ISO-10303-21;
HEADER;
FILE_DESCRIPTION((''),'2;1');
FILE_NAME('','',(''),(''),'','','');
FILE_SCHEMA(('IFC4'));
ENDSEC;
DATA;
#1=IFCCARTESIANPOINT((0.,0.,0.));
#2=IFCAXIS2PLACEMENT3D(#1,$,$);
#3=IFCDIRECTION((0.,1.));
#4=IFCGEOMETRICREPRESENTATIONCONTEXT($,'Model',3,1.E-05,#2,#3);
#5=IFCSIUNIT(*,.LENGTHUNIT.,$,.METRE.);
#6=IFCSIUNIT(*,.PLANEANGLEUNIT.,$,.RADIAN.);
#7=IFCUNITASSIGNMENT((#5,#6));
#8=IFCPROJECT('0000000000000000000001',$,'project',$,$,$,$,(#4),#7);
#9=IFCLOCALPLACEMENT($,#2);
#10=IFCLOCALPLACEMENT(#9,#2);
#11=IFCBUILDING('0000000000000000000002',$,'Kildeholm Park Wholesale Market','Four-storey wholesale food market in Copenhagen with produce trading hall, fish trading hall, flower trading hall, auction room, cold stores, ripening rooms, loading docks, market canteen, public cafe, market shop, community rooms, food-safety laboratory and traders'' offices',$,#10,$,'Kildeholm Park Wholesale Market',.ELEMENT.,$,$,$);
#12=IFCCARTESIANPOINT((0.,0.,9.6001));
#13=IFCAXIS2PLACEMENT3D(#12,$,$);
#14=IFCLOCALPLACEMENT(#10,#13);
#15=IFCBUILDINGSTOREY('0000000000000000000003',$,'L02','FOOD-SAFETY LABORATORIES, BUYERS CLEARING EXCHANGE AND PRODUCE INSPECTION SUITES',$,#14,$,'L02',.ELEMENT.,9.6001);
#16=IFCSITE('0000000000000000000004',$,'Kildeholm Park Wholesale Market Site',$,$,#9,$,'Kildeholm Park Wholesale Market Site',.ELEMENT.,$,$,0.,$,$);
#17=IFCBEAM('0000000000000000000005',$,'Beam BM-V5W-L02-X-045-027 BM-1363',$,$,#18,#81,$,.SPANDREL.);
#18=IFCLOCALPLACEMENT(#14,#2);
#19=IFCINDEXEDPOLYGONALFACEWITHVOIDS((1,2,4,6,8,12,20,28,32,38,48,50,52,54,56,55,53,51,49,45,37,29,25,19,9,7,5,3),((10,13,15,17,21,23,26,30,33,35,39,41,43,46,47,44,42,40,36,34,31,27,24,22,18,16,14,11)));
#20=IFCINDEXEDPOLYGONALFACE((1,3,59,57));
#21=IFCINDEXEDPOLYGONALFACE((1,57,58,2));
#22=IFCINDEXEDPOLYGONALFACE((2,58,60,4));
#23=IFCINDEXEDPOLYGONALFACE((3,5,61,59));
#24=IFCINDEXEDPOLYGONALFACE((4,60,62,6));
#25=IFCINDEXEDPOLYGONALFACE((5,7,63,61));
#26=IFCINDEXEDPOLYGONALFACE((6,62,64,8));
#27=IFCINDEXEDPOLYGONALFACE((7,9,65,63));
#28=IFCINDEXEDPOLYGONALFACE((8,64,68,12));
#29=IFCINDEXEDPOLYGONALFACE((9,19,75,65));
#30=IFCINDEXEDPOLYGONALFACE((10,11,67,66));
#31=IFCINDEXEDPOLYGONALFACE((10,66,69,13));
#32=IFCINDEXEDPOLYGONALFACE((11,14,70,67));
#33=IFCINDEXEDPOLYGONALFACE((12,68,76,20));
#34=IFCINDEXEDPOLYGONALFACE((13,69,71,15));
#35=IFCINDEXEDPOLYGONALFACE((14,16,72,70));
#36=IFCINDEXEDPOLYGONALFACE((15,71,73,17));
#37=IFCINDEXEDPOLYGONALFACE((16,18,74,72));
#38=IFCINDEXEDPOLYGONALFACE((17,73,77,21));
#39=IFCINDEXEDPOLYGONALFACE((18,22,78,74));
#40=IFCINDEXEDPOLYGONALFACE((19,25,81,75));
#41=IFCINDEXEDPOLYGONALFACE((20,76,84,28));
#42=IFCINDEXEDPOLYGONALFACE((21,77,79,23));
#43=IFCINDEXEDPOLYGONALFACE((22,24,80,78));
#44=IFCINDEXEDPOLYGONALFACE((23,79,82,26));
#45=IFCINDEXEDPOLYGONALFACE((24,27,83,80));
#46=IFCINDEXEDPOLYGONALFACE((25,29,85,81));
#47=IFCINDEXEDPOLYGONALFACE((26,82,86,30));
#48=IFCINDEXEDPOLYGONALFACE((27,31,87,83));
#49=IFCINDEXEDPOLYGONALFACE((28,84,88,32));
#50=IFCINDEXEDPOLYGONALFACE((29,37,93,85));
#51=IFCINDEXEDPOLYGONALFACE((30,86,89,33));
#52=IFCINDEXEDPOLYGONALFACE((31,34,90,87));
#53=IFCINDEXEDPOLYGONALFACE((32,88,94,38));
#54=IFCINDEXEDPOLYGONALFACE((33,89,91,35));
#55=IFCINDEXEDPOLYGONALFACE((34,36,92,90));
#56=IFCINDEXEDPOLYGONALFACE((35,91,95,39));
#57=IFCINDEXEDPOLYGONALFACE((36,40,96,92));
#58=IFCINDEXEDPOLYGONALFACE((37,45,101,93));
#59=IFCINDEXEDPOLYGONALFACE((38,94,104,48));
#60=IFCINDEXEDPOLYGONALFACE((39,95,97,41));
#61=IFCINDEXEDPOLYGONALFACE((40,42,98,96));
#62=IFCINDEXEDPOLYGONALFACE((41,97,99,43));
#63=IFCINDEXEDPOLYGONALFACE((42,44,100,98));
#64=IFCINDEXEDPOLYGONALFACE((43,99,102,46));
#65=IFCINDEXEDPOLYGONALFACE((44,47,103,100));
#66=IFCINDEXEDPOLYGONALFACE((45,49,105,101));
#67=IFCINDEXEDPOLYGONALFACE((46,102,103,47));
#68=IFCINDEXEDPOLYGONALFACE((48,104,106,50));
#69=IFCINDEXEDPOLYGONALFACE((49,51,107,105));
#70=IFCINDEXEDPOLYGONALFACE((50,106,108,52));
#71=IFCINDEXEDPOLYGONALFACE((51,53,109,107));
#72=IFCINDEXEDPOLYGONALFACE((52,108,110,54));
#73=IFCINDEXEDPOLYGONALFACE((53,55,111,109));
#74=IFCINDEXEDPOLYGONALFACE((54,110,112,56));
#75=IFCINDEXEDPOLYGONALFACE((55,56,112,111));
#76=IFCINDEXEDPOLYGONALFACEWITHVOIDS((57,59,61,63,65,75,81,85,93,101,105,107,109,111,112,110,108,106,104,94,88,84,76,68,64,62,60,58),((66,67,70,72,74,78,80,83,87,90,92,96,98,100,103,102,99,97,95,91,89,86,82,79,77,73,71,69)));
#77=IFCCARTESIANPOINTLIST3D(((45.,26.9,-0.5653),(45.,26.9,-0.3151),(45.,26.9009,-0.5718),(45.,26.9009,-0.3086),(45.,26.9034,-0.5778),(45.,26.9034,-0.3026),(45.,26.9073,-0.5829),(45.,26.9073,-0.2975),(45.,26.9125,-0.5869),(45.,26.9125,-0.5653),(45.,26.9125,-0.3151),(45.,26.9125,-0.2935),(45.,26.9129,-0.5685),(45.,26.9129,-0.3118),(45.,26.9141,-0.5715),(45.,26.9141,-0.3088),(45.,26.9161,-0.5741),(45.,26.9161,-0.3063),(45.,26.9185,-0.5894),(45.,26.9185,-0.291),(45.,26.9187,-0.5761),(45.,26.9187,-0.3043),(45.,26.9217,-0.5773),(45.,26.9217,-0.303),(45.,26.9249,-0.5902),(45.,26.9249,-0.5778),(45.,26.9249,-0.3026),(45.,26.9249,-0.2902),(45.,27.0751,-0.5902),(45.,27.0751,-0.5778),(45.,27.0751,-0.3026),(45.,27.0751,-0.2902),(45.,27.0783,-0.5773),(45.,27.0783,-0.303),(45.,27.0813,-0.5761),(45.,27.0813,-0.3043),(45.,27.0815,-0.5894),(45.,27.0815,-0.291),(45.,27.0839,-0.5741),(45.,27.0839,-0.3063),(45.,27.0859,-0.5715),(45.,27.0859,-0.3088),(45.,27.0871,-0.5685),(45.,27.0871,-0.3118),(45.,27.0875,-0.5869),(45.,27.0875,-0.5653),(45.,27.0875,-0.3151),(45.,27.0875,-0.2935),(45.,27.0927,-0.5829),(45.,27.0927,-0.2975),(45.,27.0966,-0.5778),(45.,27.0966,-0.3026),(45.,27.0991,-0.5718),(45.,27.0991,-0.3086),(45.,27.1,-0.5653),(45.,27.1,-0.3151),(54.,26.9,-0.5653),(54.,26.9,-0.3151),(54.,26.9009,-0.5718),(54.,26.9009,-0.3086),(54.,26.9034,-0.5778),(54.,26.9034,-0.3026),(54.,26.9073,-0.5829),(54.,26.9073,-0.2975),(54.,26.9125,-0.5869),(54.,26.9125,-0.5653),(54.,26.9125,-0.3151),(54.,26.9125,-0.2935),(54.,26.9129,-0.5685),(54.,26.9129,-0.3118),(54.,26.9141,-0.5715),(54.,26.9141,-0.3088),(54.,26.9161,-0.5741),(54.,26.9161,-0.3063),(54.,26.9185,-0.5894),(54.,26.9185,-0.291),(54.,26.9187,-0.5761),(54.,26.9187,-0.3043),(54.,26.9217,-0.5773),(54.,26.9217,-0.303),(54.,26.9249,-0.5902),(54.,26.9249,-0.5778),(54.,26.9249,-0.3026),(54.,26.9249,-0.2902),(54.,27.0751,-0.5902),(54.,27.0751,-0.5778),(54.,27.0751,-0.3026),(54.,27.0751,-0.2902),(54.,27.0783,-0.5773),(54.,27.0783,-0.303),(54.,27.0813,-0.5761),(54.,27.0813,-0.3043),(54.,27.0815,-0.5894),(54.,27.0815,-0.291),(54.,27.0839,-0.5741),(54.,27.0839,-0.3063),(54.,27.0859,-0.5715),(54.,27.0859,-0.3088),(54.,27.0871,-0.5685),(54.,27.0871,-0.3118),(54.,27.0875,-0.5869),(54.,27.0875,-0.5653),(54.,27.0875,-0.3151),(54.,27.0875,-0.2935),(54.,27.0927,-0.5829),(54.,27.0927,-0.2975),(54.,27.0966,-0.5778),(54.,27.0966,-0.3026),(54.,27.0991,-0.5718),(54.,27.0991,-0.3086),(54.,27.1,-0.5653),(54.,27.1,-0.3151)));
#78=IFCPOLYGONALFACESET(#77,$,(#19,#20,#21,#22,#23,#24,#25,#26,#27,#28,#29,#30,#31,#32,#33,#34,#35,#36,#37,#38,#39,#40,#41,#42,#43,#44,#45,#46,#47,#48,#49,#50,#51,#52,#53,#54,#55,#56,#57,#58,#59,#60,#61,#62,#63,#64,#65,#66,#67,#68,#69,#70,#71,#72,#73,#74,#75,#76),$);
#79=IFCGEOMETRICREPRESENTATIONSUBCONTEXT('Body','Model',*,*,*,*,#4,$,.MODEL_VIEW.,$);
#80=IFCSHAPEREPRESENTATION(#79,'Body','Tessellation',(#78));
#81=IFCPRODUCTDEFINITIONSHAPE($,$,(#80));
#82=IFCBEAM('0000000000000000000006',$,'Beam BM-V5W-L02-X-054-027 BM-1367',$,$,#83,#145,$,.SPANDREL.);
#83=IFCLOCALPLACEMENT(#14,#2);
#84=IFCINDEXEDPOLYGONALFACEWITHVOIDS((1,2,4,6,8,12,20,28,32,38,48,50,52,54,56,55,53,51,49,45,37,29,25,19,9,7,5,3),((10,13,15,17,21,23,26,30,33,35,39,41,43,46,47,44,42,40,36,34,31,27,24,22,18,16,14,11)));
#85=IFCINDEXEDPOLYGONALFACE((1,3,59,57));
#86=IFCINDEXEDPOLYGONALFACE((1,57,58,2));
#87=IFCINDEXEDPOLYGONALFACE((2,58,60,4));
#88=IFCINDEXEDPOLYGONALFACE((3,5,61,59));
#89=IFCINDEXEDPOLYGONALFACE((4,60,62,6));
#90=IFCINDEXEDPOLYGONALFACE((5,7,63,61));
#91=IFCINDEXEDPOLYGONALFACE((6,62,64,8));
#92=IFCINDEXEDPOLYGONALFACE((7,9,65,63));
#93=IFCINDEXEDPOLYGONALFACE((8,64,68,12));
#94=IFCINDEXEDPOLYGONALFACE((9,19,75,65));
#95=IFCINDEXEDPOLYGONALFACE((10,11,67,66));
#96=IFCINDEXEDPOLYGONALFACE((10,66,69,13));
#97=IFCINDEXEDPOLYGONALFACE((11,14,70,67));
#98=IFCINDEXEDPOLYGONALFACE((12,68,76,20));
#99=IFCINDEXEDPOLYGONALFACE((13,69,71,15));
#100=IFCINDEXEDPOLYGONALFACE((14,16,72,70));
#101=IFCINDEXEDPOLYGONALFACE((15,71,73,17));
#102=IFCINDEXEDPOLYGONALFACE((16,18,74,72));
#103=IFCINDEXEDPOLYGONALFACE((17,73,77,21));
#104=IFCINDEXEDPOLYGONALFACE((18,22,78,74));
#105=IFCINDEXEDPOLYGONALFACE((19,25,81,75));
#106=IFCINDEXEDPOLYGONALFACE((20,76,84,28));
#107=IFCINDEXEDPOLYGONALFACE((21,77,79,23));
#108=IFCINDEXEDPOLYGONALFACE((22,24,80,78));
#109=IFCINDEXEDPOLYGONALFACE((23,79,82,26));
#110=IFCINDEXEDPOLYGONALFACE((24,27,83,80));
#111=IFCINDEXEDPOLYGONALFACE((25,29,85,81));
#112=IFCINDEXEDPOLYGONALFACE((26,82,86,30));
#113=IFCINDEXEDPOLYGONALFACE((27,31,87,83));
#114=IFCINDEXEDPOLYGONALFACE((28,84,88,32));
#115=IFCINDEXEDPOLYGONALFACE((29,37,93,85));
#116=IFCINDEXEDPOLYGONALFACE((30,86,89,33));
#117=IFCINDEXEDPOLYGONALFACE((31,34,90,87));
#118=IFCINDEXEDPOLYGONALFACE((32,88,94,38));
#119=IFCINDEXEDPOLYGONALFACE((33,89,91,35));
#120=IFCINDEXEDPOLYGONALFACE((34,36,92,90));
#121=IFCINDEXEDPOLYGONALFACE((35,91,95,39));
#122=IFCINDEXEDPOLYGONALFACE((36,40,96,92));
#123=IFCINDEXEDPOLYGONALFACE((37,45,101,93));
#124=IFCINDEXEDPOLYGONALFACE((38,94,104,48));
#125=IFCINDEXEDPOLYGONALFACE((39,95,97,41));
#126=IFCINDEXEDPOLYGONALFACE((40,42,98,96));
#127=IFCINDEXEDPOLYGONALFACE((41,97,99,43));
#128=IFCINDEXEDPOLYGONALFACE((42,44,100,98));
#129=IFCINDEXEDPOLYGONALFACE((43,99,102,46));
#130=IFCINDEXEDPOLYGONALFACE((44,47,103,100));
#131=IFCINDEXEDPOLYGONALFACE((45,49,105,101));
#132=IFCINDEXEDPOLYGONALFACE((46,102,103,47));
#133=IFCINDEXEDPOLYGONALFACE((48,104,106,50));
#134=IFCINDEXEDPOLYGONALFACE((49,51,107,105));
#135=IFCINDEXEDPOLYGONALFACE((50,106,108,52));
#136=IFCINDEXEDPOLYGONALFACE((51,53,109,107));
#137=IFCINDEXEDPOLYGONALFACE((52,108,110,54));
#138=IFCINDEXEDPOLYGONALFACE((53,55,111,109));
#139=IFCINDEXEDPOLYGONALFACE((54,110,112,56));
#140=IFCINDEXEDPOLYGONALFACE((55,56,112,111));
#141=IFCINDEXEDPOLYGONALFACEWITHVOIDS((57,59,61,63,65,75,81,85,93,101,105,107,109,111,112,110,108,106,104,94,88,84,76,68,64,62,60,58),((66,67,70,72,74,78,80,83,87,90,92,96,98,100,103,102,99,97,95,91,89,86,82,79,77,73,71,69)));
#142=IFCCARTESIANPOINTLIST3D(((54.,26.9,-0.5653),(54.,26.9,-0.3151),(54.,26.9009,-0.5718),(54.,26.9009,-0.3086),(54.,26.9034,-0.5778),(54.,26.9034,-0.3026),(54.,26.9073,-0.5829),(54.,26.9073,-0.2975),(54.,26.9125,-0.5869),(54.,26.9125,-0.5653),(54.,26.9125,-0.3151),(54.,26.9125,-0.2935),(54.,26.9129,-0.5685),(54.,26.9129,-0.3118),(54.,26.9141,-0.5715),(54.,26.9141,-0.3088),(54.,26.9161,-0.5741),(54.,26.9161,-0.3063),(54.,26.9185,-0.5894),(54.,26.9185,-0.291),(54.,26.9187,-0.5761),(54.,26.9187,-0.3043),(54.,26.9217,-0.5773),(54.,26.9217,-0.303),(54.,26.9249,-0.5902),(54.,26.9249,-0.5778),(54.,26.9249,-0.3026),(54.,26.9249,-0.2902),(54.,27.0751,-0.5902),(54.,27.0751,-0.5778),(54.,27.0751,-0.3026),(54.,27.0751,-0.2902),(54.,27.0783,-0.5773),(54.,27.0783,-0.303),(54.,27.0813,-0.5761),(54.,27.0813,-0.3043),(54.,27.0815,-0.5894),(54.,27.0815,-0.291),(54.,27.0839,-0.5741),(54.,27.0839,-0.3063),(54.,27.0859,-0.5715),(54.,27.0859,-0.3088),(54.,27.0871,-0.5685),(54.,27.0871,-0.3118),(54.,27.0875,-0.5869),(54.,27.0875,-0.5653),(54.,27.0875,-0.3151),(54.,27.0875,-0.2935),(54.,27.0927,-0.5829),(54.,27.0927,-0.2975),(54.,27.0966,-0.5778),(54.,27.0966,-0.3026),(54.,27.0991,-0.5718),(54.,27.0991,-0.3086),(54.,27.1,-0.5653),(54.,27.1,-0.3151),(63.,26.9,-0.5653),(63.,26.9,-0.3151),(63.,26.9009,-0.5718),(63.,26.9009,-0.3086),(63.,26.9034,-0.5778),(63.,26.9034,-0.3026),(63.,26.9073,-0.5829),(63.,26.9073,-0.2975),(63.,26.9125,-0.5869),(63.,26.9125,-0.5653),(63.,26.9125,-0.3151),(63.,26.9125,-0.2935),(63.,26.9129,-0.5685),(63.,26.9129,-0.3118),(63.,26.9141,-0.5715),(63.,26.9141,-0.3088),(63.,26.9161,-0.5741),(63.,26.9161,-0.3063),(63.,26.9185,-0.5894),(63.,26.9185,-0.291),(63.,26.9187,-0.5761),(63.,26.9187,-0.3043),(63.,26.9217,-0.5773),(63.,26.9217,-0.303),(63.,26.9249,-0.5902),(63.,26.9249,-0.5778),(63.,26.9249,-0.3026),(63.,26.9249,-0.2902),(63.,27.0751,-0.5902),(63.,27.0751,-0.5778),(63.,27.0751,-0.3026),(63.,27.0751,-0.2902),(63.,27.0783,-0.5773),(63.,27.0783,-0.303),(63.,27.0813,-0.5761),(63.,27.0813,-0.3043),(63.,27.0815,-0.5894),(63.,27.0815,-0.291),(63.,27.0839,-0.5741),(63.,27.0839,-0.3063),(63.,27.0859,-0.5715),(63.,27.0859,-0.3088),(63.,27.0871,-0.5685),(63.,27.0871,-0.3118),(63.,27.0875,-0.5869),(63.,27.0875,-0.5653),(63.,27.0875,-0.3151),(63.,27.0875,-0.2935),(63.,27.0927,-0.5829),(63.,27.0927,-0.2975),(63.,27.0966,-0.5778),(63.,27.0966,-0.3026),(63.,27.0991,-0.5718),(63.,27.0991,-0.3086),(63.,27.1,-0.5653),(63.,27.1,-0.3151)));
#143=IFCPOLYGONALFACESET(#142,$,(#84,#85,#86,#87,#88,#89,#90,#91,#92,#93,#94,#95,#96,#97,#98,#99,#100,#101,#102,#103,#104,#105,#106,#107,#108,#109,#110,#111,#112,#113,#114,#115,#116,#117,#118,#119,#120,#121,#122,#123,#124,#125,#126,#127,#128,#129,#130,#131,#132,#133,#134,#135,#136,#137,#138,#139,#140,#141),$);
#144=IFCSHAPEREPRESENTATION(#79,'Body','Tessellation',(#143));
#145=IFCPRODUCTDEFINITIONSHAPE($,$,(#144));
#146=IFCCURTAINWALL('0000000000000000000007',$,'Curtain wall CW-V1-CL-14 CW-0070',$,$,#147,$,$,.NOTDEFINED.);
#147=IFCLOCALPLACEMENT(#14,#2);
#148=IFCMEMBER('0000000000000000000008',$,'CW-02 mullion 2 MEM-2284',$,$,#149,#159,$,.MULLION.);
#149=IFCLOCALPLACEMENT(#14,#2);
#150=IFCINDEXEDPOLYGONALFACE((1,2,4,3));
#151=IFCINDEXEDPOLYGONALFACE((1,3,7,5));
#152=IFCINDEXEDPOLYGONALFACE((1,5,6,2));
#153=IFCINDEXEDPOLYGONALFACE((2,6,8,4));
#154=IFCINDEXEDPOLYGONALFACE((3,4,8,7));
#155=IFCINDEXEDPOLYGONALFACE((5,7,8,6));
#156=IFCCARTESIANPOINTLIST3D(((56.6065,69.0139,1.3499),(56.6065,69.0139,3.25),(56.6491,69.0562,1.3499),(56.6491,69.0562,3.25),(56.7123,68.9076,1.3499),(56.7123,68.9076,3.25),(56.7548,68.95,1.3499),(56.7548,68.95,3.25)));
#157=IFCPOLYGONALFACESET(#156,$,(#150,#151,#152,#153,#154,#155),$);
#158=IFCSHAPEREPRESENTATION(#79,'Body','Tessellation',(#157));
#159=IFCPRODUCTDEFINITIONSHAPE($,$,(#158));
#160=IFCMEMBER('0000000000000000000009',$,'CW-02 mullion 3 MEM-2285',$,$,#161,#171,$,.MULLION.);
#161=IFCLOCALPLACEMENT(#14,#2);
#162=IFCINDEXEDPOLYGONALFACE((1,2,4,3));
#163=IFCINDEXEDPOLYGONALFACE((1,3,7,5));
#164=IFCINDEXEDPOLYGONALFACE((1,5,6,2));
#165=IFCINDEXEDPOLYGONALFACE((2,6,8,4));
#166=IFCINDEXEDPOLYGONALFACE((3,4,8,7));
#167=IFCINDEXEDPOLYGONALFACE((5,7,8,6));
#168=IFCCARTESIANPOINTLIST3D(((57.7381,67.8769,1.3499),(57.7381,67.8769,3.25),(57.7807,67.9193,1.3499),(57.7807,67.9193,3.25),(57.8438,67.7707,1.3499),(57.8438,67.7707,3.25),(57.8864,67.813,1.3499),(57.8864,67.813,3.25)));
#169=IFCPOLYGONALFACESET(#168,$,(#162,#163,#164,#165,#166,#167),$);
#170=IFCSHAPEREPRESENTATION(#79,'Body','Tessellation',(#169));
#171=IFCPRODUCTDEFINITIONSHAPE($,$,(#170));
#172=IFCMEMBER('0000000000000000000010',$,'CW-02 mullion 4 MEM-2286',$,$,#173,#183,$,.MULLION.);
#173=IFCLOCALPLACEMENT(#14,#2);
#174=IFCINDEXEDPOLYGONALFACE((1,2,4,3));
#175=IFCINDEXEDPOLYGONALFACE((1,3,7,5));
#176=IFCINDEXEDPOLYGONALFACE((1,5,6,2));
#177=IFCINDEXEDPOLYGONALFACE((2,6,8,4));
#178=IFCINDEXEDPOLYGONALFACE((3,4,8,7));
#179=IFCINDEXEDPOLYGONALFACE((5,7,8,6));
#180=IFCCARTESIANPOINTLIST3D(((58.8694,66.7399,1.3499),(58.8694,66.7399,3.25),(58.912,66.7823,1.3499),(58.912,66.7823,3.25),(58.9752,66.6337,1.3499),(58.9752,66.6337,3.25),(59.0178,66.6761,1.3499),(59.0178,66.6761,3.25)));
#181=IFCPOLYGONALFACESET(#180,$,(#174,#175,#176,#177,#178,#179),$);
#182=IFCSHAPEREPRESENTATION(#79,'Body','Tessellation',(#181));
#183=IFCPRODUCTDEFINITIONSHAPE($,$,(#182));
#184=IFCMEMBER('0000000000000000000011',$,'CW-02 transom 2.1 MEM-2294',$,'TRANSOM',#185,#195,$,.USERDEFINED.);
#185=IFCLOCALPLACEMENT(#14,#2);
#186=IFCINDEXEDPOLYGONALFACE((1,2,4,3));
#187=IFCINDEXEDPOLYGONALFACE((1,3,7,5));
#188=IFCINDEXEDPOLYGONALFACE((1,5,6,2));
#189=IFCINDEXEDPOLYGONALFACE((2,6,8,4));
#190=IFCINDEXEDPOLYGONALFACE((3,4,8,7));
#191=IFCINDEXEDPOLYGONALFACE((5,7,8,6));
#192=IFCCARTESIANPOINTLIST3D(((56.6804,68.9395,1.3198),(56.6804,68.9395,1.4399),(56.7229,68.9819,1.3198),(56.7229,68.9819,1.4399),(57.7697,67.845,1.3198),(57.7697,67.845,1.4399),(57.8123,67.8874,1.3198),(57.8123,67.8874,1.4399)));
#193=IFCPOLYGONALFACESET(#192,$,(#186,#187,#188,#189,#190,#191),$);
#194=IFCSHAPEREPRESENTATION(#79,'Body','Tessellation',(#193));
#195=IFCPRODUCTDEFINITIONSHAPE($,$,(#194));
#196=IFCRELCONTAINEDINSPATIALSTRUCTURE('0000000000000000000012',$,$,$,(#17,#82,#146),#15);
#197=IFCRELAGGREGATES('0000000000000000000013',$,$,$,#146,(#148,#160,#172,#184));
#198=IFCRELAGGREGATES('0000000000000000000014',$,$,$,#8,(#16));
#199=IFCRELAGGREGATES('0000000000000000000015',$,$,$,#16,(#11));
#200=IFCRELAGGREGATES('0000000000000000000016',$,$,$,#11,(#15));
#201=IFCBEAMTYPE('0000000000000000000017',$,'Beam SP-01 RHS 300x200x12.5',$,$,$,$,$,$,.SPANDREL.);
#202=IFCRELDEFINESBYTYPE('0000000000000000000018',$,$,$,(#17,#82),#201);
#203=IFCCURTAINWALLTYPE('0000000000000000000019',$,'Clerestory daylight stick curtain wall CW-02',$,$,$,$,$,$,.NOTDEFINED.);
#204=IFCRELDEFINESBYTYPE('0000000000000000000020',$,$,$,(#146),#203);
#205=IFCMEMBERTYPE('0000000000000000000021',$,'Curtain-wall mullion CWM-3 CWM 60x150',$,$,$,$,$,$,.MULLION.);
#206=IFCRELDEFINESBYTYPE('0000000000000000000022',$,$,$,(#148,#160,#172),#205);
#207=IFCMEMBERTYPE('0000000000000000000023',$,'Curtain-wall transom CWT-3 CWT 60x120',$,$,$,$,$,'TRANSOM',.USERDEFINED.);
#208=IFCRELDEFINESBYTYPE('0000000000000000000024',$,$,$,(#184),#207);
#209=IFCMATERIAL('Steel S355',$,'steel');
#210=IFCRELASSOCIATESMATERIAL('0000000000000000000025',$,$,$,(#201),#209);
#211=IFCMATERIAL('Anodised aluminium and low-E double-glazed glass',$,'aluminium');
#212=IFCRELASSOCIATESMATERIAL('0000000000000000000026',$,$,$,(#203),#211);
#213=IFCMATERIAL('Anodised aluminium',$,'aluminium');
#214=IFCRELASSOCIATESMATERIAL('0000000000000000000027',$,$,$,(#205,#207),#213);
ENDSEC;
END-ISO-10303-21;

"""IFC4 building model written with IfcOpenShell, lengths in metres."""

from ifc_helpers import new_model, si_unit, direction, frame, origin, origin_2d, place, context, subcontext, project, spatial, rectangle, hollow_rectangle, extrude, material, material_profile, profile_set, type_object, element, aggregate, save


model = new_model("IFC4")

# Units and contexts
model_context = context("Model", 3, precision=1e-05, world=origin(), true_north=direction((0.0, 1.0)))
body_context = subcontext(model_context, "Body", "Model", "MODEL_VIEW")
ifc_project = project(units=[si_unit("LENGTHUNIT", "METRE"), si_unit("PLANEANGLEUNIT", "RADIAN")], contexts=[model_context])

# Site, building, storey
site_placement = place(None, origin())
site = spatial("IfcSite", under=ifc_project, at=site_placement, Name="Kildeholm Park Wholesale Market Site", LongName="Kildeholm Park Wholesale Market Site", CompositionType="ELEMENT", RefElevation=0.0)
building_placement = place(site_placement, origin())
building = spatial("IfcBuilding", under=site, at=building_placement, Name="Kildeholm Park Wholesale Market", Description="Four-storey wholesale food market in Copenhagen with produce trading hall, fish trading hall, flower trading hall, auction room, cold stores, ripening rooms, loading docks, market canteen, public cafe, market shop, community rooms, food-safety laboratory and traders' offices", LongName="Kildeholm Park Wholesale Market", CompositionType="ELEMENT")
storey_placement = place(building_placement, frame((0.0, 0.0, 9.6001)))
storey = spatial("IfcBuildingStorey", under=building, at=storey_placement, Name="L02", Description="FOOD-SAFETY LABORATORIES, BUYERS CLEARING EXCHANGE AND PRODUCE INSPECTION SUITES", LongName="L02", CompositionType="ELEMENT", Elevation=9.6001)

# Beams
ifc_material_1 = material(Name="Steel S355", Category="steel")
ifc_material_profile_1 = material_profile(ifc_material_1, hollow_rectangle(XDim=0.2, YDim=0.3, WallThickness=0.0125, InnerFilletRadius=0.0125, OuterFilletRadius=0.0249, at=origin_2d()), Name="RHS 300x200x12.5")
ifc_profile_set_1 = profile_set([ifc_material_profile_1], Name="Steel S355")
beam_type_1 = type_object("IfcBeamType", Name="Beam SP-01 RHS 300x200x12.5", PredefinedType="SPANDREL", material=ifc_profile_set_1)
for number, where, z_axis, x_axis, name in (
    (1, (45.0, 27.0, -0.4402), (1.0, 0.0, 0.0), (0.0, 1.0, 0.0), "Beam BM-V5W-L02-X-045-027 BM-1363"),
    (2, (54.0, 27.0, -0.4402), (1.0, 0.0, 0.0), (0.0, 1.0, 0.0), "Beam BM-V5W-L02-X-054-027 BM-1367"),
):
    element("IfcBeam", number, at=place(storey_placement, frame(where, z_axis=z_axis, x_axis=x_axis)), inside=storey, type_object=beam_type_1, Name=name, PredefinedType="SPANDREL", context=body_context, shape_type="SweptSolid", body=[
        extrude(hollow_rectangle(XDim=0.2, YDim=0.3, WallThickness=0.0125, InnerFilletRadius=0.0125, OuterFilletRadius=0.0249, at=origin_2d()), origin(), (0.0, 0.0, 1.0), 9.0),
    ])

# Curtain wall, members
ifc_material_2 = material(Name="Anodised aluminium and low-E double-glazed glass", Category="aluminium")
curtain_wall_type = type_object("IfcCurtainWallType", Name="Clerestory daylight stick curtain wall CW-02", PredefinedType="NOTDEFINED", material=ifc_material_2)
curtain_wall_placement = place(storey_placement, origin())
curtain_wall = element("IfcCurtainWall", 3, at=curtain_wall_placement, inside=storey, type_object=curtain_wall_type, Name="Curtain wall CW-V1-CL-14 CW-0070", PredefinedType="NOTDEFINED")
ifc_material_3 = material(Name="Anodised aluminium", Category="aluminium")
ifc_material_profile_2 = material_profile(ifc_material_3, rectangle(XDim=0.0601, YDim=0.1499, at=origin_2d()), Name="CWM 60x150")
ifc_profile_set_2 = profile_set([ifc_material_profile_2], Name="Anodised aluminium")
member_type_1 = type_object("IfcMemberType", Name="Curtain-wall mullion CWM-3 CWM 60x150", PredefinedType="MULLION", material=ifc_profile_set_2)
member_1_placement = place(storey_placement, frame((56.6807, 68.9819, 1.3499), z_axis=(0.0, 0.0, 1.0), x_axis=(0.708797, 0.705413, 0.0)))
member_1 = element("IfcMember", 4, at=member_1_placement, type_object=member_type_1, Name="CW-02 mullion 2 MEM-2284", PredefinedType="MULLION", context=body_context, shape_type="SweptSolid", body=[
    extrude(rectangle(XDim=0.0601, YDim=0.1499, at=origin_2d()), origin(), (0.0, 0.0, 1.0), 1.9001),
])
member_2_placement = place(storey_placement, frame((57.8123, 67.845, 1.3499), z_axis=(0.0, 0.0, 1.0), x_axis=(0.708797, 0.705413, 0.0)))
member_2 = element("IfcMember", 5, at=member_2_placement, type_object=member_type_1, Name="CW-02 mullion 3 MEM-2285", PredefinedType="MULLION", context=body_context, shape_type="SweptSolid", body=[
    extrude(rectangle(XDim=0.0601, YDim=0.1499, at=origin_2d()), origin(), (0.0, 0.0, 1.0), 1.9001),
])
member_3_placement = place(storey_placement, frame((58.9436, 66.708, 1.3499), z_axis=(0.0, 0.0, 1.0), x_axis=(0.708797, 0.705413, 0.0)))
member_3 = element("IfcMember", 6, at=member_3_placement, type_object=member_type_1, Name="CW-02 mullion 4 MEM-2286", PredefinedType="MULLION", context=body_context, shape_type="SweptSolid", body=[
    extrude(rectangle(XDim=0.0601, YDim=0.1499, at=origin_2d()), origin(), (0.0, 0.0, 1.0), 1.9001),
])
ifc_material_profile_3 = material_profile(ifc_material_3, rectangle(XDim=0.0601, YDim=0.1201, at=origin_2d()), Name="CWT 60x120")
ifc_profile_set_3 = profile_set([ifc_material_profile_3], Name="Anodised aluminium")
member_type_2 = type_object("IfcMemberType", Name="Curtain-wall transom CWT-3 CWT 60x120", ElementType="TRANSOM", PredefinedType="USERDEFINED", material=ifc_profile_set_3)
member_4_placement = place(storey_placement, frame((56.7017, 68.9607, 1.3799), z_axis=(0.705445, -0.708765, 0.0), x_axis=(0.708765, 0.705445, 0.0)))
member_4 = element("IfcMember", 7, at=member_4_placement, type_object=member_type_2, Name="CW-02 transom 2.1 MEM-2294", ObjectType="TRANSOM", PredefinedType="USERDEFINED", context=body_context, shape_type="SweptSolid", body=[
    extrude(rectangle(XDim=0.0601, YDim=0.1201, at=origin_2d()), origin(), (0.0, 0.0, 1.0), 1.5442),
])
aggregate(curtain_wall, [member_1, member_2, member_3, member_4])

save(model, "model.ifc")
